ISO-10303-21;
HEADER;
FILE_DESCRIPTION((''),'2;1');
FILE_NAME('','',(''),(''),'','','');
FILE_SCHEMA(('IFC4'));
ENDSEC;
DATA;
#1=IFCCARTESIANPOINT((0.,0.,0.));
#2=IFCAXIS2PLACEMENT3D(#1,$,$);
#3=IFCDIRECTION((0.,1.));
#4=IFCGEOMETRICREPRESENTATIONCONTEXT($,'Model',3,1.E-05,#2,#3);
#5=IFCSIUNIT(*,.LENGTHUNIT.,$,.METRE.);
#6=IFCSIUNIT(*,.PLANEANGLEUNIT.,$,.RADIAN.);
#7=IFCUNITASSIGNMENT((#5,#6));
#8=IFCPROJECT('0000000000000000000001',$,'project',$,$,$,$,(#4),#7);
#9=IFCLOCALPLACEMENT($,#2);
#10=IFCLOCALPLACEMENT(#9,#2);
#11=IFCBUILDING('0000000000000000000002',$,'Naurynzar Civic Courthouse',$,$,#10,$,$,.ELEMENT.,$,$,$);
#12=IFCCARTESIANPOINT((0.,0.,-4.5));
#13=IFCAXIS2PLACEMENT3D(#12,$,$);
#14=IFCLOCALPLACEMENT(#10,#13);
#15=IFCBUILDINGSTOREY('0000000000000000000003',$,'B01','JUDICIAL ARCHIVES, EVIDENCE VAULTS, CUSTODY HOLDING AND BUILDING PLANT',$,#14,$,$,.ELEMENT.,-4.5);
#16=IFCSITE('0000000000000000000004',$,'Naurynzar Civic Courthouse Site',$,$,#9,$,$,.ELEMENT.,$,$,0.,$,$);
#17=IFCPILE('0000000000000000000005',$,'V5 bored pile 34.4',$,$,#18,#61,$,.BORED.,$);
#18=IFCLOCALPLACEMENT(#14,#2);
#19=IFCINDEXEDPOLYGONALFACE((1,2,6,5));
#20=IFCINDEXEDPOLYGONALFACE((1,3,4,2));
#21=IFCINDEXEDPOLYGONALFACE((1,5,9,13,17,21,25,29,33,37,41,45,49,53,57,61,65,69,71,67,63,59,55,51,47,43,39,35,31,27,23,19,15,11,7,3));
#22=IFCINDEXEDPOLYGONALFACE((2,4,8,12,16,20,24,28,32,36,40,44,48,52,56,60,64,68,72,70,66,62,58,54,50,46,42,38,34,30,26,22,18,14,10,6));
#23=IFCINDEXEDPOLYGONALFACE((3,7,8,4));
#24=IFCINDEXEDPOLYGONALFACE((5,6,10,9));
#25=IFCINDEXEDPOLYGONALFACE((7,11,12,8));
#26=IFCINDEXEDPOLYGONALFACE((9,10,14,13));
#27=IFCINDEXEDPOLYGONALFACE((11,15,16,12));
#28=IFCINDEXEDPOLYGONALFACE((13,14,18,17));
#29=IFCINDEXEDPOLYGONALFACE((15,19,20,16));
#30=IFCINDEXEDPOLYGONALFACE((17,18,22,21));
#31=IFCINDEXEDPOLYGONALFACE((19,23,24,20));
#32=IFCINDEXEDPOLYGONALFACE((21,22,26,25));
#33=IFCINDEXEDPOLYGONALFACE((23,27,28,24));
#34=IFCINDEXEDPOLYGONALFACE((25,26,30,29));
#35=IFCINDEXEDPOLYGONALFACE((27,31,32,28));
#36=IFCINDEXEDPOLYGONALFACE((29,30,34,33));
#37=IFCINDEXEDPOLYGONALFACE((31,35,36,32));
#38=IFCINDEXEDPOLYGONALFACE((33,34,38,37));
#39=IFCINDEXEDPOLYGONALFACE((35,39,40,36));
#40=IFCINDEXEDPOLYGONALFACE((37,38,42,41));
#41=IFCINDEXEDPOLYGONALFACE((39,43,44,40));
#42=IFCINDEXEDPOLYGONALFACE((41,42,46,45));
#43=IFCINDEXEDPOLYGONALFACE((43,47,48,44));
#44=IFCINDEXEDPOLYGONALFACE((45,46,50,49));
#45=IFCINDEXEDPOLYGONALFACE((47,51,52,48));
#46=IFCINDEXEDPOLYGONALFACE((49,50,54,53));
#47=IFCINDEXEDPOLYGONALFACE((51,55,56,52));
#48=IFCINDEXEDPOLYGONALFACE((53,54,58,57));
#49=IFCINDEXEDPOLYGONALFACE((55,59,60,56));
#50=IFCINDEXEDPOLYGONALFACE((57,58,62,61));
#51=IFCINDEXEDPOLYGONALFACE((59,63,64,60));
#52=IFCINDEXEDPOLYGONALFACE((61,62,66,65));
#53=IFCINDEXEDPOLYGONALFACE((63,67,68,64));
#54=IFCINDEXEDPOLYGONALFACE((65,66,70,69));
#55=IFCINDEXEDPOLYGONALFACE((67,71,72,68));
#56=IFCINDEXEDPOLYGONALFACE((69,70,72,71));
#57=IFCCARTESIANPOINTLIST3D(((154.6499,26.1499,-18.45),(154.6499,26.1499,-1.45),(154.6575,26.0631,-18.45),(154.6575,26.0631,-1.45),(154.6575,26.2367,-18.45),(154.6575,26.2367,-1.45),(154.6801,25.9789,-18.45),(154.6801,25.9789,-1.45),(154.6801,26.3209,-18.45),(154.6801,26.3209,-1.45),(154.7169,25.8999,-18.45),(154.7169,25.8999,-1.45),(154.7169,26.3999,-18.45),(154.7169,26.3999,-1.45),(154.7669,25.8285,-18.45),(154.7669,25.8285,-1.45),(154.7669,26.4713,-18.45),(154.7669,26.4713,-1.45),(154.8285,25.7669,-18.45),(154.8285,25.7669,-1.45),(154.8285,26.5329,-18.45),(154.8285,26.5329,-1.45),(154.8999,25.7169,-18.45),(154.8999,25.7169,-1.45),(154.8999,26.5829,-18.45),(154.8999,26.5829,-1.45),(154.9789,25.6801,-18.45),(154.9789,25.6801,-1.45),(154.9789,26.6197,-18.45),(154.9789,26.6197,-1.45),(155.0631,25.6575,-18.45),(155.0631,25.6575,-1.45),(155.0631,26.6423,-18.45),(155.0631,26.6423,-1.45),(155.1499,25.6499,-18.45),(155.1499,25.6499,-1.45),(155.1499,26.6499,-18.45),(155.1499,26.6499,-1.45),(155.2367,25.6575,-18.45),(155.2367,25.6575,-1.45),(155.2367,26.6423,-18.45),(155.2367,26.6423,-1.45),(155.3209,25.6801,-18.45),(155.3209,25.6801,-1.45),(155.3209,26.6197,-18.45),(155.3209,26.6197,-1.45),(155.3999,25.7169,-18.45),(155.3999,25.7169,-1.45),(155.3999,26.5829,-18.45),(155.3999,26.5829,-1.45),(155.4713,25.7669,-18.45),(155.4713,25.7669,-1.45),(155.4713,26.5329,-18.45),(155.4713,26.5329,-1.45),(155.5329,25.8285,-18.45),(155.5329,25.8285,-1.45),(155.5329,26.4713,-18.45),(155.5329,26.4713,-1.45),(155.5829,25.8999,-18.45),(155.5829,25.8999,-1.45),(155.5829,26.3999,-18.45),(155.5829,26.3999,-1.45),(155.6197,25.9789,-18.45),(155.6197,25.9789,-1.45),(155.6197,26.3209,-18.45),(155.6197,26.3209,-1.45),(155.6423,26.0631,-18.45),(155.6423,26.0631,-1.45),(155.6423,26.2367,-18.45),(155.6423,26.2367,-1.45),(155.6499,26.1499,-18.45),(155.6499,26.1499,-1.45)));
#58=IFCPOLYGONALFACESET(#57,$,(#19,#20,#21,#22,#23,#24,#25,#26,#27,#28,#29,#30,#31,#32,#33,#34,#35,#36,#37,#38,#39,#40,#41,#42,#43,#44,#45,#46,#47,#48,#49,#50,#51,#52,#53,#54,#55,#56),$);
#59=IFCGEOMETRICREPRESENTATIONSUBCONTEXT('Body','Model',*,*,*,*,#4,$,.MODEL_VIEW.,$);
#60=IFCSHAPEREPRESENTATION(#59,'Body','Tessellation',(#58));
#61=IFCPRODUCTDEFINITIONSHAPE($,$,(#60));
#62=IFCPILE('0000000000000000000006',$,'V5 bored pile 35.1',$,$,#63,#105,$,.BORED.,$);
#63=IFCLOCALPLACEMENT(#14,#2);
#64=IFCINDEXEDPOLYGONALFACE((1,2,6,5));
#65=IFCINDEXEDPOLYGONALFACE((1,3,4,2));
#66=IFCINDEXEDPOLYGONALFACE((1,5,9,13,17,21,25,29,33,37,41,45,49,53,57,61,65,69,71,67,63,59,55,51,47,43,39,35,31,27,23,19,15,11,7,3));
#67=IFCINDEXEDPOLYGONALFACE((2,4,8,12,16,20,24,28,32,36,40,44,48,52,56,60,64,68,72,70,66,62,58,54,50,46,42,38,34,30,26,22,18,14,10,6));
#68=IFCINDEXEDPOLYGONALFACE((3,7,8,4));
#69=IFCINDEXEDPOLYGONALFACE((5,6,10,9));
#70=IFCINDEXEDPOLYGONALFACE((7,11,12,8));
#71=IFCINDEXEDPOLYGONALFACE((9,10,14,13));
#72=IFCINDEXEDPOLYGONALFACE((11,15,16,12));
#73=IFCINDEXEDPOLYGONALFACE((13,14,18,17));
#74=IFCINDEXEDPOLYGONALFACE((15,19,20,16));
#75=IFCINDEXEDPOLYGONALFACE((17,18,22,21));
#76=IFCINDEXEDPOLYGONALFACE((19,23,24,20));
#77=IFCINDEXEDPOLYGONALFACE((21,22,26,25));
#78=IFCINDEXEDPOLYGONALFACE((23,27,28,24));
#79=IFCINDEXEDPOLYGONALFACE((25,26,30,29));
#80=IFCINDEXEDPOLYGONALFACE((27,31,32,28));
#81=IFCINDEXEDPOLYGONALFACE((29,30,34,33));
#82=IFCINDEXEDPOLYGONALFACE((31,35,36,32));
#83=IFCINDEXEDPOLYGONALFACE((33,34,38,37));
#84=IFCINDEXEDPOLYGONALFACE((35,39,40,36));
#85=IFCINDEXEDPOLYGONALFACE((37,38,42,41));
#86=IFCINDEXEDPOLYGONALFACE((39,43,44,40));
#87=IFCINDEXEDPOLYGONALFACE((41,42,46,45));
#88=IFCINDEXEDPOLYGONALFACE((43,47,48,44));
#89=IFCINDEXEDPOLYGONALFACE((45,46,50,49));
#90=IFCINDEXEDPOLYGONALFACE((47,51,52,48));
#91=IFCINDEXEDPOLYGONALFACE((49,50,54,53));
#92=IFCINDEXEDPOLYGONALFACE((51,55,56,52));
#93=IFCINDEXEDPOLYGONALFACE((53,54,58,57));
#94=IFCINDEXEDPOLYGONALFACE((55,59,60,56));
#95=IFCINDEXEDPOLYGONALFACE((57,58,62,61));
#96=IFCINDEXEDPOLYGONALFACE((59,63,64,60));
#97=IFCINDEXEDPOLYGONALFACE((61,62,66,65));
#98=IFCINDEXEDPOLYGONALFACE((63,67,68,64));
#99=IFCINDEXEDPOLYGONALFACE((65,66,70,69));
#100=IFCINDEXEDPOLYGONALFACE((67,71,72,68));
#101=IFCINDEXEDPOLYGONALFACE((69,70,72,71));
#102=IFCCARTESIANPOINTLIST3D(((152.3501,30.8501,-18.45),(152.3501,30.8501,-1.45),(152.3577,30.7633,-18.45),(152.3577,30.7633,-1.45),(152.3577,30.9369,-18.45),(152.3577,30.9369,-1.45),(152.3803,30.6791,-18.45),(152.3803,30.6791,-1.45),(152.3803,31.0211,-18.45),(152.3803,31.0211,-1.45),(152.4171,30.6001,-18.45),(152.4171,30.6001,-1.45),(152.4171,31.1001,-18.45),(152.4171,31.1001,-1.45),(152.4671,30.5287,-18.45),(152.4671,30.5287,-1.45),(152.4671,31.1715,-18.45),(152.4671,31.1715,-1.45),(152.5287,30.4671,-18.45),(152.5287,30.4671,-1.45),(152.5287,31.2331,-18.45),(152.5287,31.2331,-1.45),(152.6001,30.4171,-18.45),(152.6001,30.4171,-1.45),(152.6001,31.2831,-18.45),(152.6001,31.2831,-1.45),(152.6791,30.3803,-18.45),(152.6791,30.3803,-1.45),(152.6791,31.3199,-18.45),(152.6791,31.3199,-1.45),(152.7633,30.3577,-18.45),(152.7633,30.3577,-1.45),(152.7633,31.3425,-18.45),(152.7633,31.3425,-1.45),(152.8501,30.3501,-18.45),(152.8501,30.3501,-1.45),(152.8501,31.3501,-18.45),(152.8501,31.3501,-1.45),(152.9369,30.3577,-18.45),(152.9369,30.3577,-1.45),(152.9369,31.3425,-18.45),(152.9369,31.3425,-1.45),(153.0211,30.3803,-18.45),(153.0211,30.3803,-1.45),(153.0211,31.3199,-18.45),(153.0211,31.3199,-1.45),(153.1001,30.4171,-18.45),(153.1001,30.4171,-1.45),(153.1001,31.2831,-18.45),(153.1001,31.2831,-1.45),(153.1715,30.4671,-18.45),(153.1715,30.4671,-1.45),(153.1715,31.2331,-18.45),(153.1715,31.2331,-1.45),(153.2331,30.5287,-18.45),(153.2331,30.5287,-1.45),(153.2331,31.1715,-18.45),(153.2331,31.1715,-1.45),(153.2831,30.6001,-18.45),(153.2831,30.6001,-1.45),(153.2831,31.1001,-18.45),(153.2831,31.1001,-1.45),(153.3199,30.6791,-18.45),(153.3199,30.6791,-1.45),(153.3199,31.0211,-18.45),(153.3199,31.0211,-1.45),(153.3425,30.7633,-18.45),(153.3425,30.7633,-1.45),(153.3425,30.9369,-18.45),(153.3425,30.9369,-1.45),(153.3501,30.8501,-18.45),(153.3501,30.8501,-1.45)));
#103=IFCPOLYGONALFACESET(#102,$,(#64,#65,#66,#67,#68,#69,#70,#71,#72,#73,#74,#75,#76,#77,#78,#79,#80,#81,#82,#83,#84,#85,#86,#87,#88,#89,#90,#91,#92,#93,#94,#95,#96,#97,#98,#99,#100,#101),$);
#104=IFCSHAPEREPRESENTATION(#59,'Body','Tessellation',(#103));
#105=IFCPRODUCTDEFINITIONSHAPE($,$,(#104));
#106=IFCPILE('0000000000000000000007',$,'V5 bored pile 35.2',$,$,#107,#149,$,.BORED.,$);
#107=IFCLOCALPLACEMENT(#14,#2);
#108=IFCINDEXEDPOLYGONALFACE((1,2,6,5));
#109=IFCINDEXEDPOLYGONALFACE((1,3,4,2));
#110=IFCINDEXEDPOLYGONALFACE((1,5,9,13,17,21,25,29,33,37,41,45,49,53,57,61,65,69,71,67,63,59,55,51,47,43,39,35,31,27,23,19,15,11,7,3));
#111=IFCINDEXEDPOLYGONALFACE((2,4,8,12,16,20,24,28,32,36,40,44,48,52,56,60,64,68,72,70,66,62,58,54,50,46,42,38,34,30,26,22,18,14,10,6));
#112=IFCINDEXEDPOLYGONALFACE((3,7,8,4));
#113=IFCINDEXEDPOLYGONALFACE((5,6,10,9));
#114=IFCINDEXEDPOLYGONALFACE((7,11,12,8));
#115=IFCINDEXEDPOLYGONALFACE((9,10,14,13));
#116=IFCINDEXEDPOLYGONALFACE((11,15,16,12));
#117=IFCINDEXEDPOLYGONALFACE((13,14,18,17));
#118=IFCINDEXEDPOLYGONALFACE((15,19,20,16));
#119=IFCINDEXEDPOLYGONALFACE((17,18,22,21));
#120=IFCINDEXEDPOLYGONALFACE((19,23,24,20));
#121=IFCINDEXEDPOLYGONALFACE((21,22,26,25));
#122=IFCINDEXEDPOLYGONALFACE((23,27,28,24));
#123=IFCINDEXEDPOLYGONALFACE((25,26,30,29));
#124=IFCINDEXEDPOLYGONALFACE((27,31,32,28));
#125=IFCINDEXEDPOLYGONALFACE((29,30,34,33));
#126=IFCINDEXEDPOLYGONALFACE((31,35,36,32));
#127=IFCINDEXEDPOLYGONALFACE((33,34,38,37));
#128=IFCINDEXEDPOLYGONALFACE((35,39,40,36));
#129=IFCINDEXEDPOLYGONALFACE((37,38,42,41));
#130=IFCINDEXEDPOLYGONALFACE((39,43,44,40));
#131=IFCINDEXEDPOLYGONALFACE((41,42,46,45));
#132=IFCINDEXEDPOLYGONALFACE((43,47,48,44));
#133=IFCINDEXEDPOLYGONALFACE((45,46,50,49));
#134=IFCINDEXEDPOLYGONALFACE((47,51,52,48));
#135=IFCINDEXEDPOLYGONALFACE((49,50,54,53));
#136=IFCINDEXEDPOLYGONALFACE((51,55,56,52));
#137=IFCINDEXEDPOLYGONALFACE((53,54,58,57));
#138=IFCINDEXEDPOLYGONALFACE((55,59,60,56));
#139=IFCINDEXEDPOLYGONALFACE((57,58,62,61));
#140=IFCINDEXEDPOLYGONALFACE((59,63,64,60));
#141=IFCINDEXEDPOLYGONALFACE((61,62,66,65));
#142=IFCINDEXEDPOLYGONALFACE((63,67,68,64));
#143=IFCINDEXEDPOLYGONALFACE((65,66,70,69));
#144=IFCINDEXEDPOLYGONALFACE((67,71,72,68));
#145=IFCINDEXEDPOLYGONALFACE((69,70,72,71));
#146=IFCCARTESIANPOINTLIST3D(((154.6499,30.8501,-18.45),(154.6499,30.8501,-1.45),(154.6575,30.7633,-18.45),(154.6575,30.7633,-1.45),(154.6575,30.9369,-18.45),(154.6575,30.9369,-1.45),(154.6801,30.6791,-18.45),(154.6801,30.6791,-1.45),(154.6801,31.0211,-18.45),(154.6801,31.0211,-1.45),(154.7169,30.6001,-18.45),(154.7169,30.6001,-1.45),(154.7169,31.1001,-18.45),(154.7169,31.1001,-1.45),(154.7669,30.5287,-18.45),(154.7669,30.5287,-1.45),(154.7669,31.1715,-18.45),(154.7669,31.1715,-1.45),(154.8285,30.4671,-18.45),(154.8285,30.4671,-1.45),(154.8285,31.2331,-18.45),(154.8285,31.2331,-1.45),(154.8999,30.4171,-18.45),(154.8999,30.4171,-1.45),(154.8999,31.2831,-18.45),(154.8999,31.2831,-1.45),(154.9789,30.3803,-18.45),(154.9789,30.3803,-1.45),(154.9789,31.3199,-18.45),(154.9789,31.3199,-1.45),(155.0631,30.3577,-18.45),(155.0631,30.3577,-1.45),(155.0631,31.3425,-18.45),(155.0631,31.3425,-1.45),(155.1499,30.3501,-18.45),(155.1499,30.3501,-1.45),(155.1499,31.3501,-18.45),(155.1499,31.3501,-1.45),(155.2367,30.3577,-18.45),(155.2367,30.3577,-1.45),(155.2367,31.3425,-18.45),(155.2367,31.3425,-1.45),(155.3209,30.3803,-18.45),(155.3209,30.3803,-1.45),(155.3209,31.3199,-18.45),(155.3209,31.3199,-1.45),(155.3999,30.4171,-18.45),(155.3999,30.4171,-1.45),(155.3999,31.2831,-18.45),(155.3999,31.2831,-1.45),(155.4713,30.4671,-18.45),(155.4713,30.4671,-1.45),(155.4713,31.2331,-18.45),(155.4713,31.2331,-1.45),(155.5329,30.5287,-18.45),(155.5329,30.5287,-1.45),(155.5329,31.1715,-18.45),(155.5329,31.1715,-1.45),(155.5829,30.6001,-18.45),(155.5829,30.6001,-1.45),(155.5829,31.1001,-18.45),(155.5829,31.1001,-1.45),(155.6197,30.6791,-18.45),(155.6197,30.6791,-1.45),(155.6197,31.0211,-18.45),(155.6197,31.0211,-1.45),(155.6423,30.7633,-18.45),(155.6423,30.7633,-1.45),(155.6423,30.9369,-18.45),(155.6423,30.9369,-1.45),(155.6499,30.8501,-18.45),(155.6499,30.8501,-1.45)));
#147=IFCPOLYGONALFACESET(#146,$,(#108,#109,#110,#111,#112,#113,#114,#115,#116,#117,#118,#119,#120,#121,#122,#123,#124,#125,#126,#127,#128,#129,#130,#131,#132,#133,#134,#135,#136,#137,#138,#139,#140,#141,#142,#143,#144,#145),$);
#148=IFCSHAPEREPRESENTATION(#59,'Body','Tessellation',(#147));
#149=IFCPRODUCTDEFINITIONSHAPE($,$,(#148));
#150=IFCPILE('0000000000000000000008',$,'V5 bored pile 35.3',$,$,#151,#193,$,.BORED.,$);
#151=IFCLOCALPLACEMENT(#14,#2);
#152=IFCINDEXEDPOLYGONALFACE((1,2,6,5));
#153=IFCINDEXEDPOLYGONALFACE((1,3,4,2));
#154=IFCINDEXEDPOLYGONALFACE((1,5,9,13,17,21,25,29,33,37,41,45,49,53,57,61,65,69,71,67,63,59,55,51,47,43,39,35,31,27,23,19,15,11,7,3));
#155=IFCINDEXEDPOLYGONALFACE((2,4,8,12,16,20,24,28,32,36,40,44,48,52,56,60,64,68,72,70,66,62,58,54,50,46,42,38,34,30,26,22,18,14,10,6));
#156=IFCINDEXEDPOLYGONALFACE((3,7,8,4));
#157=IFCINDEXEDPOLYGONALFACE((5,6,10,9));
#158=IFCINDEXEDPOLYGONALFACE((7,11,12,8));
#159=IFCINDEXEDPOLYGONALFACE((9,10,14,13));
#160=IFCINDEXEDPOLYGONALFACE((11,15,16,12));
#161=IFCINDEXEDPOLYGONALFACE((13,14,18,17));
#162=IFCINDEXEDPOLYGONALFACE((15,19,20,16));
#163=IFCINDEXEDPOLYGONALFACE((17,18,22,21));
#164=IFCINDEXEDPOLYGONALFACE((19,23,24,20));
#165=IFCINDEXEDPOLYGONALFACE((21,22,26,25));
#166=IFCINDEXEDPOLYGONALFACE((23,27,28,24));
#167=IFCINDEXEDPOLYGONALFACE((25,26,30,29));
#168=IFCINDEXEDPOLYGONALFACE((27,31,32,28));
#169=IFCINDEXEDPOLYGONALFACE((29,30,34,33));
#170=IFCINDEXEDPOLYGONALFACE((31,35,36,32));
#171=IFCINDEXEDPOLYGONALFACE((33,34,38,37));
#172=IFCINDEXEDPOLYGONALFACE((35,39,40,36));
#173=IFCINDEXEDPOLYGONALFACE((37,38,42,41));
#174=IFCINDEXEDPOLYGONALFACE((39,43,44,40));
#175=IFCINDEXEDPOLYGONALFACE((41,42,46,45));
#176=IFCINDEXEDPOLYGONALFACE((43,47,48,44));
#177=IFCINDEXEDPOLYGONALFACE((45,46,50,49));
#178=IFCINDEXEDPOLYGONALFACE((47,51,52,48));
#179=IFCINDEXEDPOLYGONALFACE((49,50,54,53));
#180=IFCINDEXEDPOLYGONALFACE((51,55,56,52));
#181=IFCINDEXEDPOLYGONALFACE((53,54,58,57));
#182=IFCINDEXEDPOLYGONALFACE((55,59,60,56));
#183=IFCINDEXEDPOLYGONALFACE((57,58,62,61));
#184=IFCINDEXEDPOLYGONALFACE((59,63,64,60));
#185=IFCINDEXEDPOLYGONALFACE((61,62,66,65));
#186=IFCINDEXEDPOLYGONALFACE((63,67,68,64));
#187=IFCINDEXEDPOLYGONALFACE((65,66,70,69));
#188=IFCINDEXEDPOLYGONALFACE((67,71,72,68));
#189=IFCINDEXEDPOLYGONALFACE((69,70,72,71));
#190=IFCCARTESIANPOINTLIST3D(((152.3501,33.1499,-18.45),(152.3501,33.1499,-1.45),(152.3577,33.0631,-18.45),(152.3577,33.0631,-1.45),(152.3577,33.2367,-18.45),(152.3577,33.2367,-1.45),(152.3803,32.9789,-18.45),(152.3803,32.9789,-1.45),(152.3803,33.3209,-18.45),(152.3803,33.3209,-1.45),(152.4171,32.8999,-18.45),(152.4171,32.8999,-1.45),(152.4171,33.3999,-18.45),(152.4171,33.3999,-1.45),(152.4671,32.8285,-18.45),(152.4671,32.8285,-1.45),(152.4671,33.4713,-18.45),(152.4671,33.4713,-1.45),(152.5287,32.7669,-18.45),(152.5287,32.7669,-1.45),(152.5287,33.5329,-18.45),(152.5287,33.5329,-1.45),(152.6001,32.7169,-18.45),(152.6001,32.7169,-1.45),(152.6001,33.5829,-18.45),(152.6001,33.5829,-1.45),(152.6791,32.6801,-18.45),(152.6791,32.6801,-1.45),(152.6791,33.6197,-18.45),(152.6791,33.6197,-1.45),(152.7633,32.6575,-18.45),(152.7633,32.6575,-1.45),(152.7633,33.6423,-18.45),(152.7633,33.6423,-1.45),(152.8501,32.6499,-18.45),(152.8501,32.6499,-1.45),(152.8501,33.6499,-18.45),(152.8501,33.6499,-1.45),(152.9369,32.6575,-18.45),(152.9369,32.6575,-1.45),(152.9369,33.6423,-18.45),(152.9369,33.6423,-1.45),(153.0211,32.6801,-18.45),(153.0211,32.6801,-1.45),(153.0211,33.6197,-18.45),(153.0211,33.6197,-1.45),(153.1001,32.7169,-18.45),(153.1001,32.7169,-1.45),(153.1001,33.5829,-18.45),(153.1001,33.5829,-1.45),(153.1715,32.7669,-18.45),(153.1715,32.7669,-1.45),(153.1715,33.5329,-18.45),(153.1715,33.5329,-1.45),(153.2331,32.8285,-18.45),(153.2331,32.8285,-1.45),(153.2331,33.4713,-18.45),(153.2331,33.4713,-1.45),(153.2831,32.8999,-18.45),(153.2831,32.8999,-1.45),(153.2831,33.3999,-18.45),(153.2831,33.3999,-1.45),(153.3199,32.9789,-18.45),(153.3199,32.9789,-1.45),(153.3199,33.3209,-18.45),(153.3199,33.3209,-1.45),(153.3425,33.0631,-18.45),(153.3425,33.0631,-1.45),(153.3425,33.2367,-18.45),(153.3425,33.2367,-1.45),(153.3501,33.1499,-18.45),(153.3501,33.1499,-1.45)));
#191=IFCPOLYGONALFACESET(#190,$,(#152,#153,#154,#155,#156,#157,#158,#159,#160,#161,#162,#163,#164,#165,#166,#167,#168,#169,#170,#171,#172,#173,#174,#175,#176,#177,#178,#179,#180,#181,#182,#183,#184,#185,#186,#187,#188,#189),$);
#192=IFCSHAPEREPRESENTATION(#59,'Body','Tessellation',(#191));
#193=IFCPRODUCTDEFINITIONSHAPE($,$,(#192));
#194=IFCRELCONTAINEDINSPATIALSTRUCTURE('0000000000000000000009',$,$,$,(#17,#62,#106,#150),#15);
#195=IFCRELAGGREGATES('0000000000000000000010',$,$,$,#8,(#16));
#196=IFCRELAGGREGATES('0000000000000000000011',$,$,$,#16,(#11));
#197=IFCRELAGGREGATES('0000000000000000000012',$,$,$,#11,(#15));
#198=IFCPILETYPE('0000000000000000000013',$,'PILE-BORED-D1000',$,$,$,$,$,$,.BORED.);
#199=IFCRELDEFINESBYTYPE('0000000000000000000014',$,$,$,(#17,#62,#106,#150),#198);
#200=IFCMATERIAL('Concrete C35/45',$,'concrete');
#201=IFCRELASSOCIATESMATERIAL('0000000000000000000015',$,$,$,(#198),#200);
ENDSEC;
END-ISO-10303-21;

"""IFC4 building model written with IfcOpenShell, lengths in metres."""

from ifc_helpers import new_model, si_unit, direction, frame, origin, origin_2d, place, context, subcontext, project, spatial, circle, extrude, material, material_profile, profile_set, type_object, element, save


model = new_model("IFC4")

# Units and contexts
model_context = context("Model", 3, precision=1e-05, world=origin(), true_north=direction((0.0, 1.0)))
body_context = subcontext(model_context, "Body", "Model", "MODEL_VIEW")
ifc_project = project(units=[si_unit("LENGTHUNIT", "METRE"), si_unit("PLANEANGLEUNIT", "RADIAN")], contexts=[model_context])

# Site, building, storey
site_placement = place(None, origin())
site = spatial("IfcSite", under=ifc_project, at=site_placement, Name="Naurynzar Civic Courthouse Site", CompositionType="ELEMENT", RefElevation=0.0)
building_placement = place(site_placement, origin())
building = spatial("IfcBuilding", under=site, at=building_placement, Name="Naurynzar Civic Courthouse", CompositionType="ELEMENT")
storey_placement = place(building_placement, frame((0.0, 0.0, -4.5)))
storey = spatial("IfcBuildingStorey", under=building, at=storey_placement, Name="B01", Description="JUDICIAL ARCHIVES, EVIDENCE VAULTS, CUSTODY HOLDING AND BUILDING PLANT", CompositionType="ELEMENT", Elevation=-4.5)

# Piles
ifc_material_1 = material(Name="Concrete C35/45", Category="concrete")
ifc_material_profile_1 = material_profile(ifc_material_1, circle(Radius=0.5, at=origin_2d()), Name="PILE D1000")
ifc_profile_set_1 = profile_set([ifc_material_profile_1], Name="Concrete C35/45")
pile_type = type_object("IfcPileType", Name="PILE-BORED-D1000", PredefinedType="BORED", material=ifc_profile_set_1)
for number, where, z_axis, x_axis, name in (
    (1, (155.1499, 26.1499, -1.45), (0.0, 0.0, -1.0), (1.0, 0.0, 0.0), "V5 bored pile 34.4"),
    (2, (152.8501, 30.8501, -1.45), (0.0, 0.0, -1.0), (1.0, 0.0, 0.0), "V5 bored pile 35.1"),
    (3, (155.1499, 30.8501, -1.45), (0.0, 0.0, -1.0), (1.0, 0.0, 0.0), "V5 bored pile 35.2"),
    (4, (152.8501, 33.1499, -1.45), (0.0, 0.0, -1.0), (1.0, 0.0, 0.0), "V5 bored pile 35.3"),
):
    element("IfcPile", number, at=place(storey_placement, frame(where, z_axis=z_axis, x_axis=x_axis)), inside=storey, type_object=pile_type, Name=name, PredefinedType="BORED", context=body_context, shape_type="SweptSolid", body=[
        extrude(circle(Radius=0.5, at=origin_2d()), origin(), (0.0, 0.0, 1.0), 17.0),
    ])

save(model, "model.ifc")
